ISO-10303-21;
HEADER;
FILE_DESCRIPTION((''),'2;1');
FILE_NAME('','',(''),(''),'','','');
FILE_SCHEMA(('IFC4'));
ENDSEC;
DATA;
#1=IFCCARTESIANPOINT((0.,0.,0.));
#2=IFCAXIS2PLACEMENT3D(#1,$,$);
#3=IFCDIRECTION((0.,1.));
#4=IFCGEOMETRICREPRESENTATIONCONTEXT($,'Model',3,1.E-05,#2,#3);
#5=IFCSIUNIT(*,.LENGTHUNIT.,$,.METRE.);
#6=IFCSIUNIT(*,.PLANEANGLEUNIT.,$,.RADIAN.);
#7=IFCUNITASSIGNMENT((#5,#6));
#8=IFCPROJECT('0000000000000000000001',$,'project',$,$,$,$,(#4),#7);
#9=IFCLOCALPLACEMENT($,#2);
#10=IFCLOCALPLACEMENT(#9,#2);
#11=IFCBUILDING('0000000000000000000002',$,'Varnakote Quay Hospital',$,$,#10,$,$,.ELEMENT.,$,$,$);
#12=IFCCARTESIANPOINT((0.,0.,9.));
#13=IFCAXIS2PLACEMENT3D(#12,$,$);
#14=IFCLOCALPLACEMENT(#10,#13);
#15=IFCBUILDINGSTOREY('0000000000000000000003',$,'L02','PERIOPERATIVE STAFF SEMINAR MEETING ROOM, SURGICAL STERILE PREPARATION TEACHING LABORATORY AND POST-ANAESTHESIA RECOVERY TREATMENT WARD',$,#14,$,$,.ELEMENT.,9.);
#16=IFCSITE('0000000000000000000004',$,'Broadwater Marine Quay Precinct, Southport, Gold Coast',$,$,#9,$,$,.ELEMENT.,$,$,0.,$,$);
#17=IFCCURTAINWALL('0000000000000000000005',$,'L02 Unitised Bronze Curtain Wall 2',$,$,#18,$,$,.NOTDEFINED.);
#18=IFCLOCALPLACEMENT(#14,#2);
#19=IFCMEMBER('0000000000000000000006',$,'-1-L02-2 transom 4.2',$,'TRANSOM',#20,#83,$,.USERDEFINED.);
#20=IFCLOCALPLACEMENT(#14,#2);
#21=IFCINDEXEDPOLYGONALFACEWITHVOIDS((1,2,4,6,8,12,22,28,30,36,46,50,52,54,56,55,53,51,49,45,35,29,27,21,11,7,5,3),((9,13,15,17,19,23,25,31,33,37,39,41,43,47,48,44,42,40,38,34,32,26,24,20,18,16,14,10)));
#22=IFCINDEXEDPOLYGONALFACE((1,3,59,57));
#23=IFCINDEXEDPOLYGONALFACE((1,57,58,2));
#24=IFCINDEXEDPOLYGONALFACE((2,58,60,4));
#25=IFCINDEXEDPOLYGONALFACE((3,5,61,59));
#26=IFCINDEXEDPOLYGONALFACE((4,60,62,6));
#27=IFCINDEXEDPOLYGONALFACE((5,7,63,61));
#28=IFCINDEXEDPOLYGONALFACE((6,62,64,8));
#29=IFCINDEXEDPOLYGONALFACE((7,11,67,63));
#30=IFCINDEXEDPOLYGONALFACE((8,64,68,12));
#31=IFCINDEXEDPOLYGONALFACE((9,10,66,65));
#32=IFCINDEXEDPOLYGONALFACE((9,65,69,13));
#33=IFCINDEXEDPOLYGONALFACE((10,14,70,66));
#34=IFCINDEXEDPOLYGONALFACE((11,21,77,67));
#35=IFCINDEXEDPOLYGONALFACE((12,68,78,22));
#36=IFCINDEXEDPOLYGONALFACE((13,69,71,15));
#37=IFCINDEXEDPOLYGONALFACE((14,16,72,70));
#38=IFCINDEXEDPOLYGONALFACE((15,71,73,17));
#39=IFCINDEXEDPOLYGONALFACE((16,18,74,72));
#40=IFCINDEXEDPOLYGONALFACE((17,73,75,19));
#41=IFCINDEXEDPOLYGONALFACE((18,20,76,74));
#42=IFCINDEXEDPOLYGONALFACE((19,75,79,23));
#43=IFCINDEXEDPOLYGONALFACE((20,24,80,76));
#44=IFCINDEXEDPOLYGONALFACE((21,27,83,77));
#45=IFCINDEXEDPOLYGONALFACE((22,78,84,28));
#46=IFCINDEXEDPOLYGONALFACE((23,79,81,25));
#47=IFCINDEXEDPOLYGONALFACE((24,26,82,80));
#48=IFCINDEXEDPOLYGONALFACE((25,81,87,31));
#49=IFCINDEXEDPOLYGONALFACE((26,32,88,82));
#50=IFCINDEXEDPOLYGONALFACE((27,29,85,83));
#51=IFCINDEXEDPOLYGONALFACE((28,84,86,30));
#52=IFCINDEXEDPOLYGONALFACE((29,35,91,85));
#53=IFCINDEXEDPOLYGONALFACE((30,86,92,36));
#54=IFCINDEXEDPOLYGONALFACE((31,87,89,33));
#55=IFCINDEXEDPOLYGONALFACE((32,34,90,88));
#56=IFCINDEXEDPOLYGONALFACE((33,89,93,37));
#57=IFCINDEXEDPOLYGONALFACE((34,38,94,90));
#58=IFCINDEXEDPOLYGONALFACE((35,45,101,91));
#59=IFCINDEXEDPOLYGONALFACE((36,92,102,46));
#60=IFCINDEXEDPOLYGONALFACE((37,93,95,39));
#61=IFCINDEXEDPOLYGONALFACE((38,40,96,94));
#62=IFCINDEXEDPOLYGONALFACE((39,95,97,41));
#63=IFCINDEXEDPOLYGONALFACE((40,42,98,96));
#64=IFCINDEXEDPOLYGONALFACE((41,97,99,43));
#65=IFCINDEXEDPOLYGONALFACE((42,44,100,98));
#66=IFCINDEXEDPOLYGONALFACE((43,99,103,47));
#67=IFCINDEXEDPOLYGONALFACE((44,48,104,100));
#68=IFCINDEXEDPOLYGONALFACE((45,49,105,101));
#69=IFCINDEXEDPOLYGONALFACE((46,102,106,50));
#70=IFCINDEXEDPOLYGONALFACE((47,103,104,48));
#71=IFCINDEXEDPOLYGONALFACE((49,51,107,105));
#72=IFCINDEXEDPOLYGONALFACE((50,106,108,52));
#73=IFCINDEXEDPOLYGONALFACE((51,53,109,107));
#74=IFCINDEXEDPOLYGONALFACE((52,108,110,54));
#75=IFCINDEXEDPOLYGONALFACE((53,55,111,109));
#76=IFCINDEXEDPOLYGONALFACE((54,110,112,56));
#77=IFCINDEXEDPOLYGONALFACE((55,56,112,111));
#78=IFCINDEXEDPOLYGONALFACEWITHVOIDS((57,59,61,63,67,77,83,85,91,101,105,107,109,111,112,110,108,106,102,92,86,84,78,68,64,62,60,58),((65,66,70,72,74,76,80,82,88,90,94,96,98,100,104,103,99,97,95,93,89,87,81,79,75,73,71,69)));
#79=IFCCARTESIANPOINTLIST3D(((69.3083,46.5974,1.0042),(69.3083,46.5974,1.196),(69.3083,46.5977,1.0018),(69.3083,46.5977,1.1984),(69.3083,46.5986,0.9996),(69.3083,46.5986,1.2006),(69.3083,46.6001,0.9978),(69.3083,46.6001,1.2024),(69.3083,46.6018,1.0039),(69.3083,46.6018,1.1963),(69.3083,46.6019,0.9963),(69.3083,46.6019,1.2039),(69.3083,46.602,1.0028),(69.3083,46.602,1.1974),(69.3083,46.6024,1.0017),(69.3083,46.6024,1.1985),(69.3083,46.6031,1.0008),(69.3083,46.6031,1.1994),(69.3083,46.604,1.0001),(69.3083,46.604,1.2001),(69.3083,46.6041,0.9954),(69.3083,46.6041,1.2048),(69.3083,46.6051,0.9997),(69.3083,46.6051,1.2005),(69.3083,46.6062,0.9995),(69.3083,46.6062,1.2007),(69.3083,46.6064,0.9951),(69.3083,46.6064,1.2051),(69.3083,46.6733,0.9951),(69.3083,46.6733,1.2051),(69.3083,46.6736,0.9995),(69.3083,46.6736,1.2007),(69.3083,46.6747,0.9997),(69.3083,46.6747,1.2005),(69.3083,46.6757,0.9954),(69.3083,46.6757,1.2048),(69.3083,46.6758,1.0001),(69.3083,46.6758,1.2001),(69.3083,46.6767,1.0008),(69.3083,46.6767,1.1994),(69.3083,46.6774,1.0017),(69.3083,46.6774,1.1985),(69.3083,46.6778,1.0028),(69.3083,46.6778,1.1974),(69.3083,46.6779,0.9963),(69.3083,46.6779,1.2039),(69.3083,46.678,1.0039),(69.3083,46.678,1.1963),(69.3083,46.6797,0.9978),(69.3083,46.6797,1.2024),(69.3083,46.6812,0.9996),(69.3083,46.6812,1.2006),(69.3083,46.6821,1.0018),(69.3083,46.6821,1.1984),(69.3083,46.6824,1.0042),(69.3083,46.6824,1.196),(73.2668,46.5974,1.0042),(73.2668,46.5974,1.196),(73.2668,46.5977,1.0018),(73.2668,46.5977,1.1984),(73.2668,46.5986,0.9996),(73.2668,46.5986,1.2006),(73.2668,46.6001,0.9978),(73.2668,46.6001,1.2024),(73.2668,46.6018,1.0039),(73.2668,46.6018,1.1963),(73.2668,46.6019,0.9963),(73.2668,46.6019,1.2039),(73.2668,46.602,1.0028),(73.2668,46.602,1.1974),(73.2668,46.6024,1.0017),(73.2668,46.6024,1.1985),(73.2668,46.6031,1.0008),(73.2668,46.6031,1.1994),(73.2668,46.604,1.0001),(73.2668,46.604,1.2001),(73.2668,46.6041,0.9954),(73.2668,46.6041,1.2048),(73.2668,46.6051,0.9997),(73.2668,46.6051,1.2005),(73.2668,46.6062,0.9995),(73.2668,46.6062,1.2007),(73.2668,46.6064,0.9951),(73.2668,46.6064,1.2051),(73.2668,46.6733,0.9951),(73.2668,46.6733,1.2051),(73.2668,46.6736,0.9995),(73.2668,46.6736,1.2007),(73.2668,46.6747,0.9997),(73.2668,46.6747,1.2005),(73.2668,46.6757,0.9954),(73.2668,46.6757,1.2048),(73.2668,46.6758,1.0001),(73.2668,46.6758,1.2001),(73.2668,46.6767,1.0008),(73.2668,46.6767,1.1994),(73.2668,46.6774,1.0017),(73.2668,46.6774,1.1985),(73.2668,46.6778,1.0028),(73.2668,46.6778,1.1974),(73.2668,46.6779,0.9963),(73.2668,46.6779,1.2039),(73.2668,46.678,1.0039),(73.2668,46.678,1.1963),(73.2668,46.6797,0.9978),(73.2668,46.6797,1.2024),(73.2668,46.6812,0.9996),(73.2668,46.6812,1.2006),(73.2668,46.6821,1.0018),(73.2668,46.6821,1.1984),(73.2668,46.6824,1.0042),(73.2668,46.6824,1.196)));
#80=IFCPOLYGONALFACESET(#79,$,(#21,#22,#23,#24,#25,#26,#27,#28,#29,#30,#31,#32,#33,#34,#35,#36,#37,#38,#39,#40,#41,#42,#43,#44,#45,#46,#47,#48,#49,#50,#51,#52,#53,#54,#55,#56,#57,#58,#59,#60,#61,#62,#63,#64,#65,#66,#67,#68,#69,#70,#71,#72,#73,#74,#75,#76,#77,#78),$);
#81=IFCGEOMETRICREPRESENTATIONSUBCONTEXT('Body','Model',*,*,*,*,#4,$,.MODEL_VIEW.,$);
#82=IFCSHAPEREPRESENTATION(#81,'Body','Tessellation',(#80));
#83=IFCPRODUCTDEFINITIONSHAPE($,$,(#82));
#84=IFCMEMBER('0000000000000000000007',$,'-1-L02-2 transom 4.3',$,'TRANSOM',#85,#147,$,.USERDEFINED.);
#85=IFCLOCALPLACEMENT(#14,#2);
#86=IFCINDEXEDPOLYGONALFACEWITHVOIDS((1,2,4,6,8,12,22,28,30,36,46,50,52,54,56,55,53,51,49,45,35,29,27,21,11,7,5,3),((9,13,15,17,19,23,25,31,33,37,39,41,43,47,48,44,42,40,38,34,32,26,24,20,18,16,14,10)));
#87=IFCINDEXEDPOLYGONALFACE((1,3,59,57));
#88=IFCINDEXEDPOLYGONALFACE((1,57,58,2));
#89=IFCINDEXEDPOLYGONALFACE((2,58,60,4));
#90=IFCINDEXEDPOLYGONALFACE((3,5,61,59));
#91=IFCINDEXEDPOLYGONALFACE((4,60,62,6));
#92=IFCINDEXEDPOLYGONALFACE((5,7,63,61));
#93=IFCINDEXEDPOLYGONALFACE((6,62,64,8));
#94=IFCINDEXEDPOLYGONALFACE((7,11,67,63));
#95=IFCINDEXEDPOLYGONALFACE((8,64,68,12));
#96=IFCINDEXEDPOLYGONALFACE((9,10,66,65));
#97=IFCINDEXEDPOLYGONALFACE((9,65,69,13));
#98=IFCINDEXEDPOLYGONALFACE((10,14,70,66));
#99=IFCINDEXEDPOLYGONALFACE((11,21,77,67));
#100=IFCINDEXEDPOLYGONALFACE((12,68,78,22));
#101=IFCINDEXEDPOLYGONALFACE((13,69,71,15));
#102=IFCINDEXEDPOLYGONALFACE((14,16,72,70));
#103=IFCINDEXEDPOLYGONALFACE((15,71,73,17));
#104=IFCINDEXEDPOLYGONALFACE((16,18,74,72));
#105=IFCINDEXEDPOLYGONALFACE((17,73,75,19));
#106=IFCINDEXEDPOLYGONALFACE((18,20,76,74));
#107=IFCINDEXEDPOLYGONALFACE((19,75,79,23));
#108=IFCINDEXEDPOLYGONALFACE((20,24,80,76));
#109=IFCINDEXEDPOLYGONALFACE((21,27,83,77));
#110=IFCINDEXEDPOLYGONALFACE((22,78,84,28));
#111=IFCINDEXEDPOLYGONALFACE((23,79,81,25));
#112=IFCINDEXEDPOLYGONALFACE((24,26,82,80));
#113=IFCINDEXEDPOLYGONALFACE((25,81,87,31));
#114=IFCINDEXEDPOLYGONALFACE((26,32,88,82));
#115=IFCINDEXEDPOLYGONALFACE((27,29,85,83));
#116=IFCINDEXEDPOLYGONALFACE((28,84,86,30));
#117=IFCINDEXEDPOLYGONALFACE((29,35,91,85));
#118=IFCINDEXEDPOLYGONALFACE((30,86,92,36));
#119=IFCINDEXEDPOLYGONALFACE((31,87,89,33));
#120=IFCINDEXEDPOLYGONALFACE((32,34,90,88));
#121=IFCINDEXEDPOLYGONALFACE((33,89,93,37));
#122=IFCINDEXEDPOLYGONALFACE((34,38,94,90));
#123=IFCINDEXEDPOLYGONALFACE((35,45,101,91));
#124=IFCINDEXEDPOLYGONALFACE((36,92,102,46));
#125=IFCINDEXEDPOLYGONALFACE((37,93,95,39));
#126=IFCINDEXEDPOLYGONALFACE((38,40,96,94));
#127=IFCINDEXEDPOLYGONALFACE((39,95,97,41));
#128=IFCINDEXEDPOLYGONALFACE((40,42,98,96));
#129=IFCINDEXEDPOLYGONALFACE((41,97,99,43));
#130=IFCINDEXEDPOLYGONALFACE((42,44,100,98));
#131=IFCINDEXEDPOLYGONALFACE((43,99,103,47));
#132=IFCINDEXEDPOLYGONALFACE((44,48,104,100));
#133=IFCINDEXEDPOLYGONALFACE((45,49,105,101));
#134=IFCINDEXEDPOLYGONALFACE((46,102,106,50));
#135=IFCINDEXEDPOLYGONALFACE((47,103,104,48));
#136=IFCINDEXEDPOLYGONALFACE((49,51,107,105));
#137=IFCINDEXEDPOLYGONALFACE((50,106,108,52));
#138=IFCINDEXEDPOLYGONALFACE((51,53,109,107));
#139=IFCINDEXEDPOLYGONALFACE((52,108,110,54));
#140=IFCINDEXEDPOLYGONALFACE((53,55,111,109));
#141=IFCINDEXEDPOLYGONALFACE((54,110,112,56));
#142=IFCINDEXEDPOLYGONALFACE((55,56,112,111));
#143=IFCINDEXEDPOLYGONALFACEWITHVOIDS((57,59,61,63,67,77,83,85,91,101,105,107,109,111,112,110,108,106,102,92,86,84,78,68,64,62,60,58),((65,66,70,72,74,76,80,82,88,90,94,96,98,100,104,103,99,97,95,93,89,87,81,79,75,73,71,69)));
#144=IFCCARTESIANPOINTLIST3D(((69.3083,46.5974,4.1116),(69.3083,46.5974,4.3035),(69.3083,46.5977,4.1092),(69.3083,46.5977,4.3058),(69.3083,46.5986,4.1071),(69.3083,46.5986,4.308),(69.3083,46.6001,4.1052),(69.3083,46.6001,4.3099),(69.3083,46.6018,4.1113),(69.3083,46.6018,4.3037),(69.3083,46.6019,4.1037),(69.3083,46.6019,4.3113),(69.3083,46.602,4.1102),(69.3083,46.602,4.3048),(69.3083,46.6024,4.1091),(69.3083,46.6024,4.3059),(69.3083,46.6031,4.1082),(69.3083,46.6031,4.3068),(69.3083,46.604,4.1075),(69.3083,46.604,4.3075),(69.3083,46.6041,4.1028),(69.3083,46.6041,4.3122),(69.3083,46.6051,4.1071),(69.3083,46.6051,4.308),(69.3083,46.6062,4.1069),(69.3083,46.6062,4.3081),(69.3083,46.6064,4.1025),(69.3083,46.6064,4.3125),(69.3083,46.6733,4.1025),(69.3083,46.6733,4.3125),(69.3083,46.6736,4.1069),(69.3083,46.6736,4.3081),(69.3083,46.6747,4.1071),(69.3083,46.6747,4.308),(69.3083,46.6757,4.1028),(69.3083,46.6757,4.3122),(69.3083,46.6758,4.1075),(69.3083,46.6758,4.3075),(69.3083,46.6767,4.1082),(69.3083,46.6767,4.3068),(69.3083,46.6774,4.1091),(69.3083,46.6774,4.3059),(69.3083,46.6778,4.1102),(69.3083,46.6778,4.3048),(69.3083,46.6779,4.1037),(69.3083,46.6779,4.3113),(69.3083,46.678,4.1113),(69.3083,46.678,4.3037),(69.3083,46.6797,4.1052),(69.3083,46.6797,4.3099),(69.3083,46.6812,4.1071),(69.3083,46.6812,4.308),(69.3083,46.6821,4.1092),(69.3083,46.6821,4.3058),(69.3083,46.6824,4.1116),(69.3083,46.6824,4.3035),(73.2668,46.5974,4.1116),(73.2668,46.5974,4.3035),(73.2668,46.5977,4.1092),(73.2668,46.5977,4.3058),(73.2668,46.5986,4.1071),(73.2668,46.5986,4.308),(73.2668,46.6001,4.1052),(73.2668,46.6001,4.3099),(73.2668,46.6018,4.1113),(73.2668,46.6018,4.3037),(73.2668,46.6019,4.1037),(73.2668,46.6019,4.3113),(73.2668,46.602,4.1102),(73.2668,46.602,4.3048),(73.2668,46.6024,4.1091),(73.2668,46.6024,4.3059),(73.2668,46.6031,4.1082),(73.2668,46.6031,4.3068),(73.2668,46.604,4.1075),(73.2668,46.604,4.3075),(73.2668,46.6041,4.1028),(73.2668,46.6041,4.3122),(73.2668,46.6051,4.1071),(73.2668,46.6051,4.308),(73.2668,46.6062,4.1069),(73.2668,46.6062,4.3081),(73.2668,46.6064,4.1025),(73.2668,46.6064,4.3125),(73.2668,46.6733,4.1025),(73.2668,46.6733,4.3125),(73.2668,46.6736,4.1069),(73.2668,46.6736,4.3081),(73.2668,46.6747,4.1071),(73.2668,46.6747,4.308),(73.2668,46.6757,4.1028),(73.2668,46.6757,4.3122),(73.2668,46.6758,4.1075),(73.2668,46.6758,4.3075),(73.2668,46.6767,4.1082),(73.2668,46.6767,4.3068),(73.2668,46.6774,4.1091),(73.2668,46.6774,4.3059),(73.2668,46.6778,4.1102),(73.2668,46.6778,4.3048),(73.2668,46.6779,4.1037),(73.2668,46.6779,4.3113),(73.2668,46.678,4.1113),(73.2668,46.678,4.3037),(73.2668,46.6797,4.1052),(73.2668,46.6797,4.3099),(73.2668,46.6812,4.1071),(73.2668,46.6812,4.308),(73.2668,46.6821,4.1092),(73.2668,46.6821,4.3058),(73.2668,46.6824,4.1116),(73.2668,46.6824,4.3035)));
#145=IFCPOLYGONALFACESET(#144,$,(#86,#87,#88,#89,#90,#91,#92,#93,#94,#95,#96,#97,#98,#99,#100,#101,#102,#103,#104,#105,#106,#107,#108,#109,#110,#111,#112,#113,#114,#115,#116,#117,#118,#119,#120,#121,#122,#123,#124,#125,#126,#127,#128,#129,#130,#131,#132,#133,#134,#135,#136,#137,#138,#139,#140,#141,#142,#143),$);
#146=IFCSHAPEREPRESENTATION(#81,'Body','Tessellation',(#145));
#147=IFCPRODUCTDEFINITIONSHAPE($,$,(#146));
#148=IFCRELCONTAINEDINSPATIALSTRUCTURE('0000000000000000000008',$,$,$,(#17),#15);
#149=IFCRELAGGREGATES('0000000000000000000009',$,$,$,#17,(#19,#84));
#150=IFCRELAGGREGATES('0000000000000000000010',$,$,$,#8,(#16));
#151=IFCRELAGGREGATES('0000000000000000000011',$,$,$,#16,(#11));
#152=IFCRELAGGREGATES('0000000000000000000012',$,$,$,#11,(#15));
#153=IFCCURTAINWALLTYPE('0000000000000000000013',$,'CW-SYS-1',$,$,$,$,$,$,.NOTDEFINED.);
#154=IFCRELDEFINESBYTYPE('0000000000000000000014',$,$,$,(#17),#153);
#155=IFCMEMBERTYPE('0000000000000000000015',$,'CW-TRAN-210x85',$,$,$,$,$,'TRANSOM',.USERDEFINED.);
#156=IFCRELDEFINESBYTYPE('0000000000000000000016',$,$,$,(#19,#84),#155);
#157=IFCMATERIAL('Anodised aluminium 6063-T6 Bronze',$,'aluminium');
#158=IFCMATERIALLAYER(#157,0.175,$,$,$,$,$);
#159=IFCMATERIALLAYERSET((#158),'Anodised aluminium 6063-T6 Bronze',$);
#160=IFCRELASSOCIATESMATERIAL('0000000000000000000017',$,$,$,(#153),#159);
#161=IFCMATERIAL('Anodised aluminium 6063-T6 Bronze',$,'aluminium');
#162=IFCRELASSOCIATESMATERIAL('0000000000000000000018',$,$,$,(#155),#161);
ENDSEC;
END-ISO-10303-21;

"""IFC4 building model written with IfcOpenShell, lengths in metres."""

from ifc_helpers import new_model, si_unit, direction, frame, origin, origin_2d, place, context, subcontext, project, spatial, hollow_rectangle, extrude, material, layer, layer_set, material_profile, profile_set, type_object, element, aggregate, save


model = new_model("IFC4")

# Units and contexts
model_context = context("Model", 3, precision=1e-05, world=origin(), true_north=direction((0.0, 1.0)))
body_context = subcontext(model_context, "Body", "Model", "MODEL_VIEW")
ifc_project = project(units=[si_unit("LENGTHUNIT", "METRE"), si_unit("PLANEANGLEUNIT", "RADIAN")], contexts=[model_context])

# Site, building, storey
site_placement = place(None, origin())
site = spatial("IfcSite", under=ifc_project, at=site_placement, Name="Broadwater Marine Quay Precinct, Southport, Gold Coast", CompositionType="ELEMENT", RefElevation=0.0)
building_placement = place(site_placement, origin())
building = spatial("IfcBuilding", under=site, at=building_placement, Name="Varnakote Quay Hospital", CompositionType="ELEMENT")
storey_placement = place(building_placement, frame((0.0, 0.0, 9.0)))
storey = spatial("IfcBuildingStorey", under=building, at=storey_placement, Name="L02", Description="PERIOPERATIVE STAFF SEMINAR MEETING ROOM, SURGICAL STERILE PREPARATION TEACHING LABORATORY AND POST-ANAESTHESIA RECOVERY TREATMENT WARD", CompositionType="ELEMENT", Elevation=9.0)

# Curtain wall, members
ifc_material_1 = material(Name="Anodised aluminium 6063-T6 Bronze", Category="aluminium")
ifc_layer_1 = layer(ifc_material_1, 0.175)
ifc_layer_set_1 = layer_set([ifc_layer_1], Name="Anodised aluminium 6063-T6 Bronze")
curtain_wall_type = type_object("IfcCurtainWallType", Name="CW-SYS-1", PredefinedType="NOTDEFINED", material=ifc_layer_set_1)
curtain_wall_placement = place(storey_placement, origin())
curtain_wall = element("IfcCurtainWall", 1, at=curtain_wall_placement, inside=storey, type_object=curtain_wall_type, Name="L02 Unitised Bronze Curtain Wall 2", PredefinedType="NOTDEFINED")
ifc_material_2 = material(Name="Anodised aluminium 6063-T6 Bronze", Category="aluminium")
ifc_material_profile_1 = material_profile(ifc_material_2, hollow_rectangle(XDim=0.085, YDim=0.21, WallThickness=0.0044, InnerFilletRadius=0.0044, OuterFilletRadius=0.009, at=origin_2d()), Name="CW-TRAN-210x85")
ifc_profile_set_1 = profile_set([ifc_material_profile_1], Name="Anodised aluminium 6063-T6 Bronze")
member_type_1 = type_object("IfcMemberType", Name="CW-TRAN-210x85", ElementType="TRANSOM", PredefinedType="USERDEFINED", material=ifc_profile_set_1)
member_1_placement = place(storey_placement, frame((73.2668, 46.6399, 1.1001), z_axis=(-1.0, 0.0, 0.0), x_axis=(0.0, -1.0, 0.0)))
member_1 = element("IfcMember", 2, at=member_1_placement, type_object=member_type_1, Name="-1-L02-2 transom 4.2", ObjectType="TRANSOM", PredefinedType="USERDEFINED", context=body_context, shape_type="SweptSolid", body=[
    extrude(hollow_rectangle(XDim=0.085, YDim=0.21, WallThickness=0.0044, InnerFilletRadius=0.0044, OuterFilletRadius=0.009, at=origin_2d()), origin(), (0.0, 0.0, 1.0), 3.9585),
])
member_2_placement = place(storey_placement, frame((73.2668, 46.6399, 4.2075), z_axis=(-1.0, 0.0, 0.0), x_axis=(0.0, -1.0, 0.0)))
member_2 = element("IfcMember", 3, at=member_2_placement, type_object=member_type_1, Name="-1-L02-2 transom 4.3", ObjectType="TRANSOM", PredefinedType="USERDEFINED", context=body_context, shape_type="SweptSolid", body=[
    extrude(hollow_rectangle(XDim=0.085, YDim=0.21, WallThickness=0.0044, InnerFilletRadius=0.0044, OuterFilletRadius=0.009, at=origin_2d()), origin(), (0.0, 0.0, 1.0), 3.9585),
])

aggregate(curtain_wall, [member_1, member_2])

save(model, "model.ifc")
